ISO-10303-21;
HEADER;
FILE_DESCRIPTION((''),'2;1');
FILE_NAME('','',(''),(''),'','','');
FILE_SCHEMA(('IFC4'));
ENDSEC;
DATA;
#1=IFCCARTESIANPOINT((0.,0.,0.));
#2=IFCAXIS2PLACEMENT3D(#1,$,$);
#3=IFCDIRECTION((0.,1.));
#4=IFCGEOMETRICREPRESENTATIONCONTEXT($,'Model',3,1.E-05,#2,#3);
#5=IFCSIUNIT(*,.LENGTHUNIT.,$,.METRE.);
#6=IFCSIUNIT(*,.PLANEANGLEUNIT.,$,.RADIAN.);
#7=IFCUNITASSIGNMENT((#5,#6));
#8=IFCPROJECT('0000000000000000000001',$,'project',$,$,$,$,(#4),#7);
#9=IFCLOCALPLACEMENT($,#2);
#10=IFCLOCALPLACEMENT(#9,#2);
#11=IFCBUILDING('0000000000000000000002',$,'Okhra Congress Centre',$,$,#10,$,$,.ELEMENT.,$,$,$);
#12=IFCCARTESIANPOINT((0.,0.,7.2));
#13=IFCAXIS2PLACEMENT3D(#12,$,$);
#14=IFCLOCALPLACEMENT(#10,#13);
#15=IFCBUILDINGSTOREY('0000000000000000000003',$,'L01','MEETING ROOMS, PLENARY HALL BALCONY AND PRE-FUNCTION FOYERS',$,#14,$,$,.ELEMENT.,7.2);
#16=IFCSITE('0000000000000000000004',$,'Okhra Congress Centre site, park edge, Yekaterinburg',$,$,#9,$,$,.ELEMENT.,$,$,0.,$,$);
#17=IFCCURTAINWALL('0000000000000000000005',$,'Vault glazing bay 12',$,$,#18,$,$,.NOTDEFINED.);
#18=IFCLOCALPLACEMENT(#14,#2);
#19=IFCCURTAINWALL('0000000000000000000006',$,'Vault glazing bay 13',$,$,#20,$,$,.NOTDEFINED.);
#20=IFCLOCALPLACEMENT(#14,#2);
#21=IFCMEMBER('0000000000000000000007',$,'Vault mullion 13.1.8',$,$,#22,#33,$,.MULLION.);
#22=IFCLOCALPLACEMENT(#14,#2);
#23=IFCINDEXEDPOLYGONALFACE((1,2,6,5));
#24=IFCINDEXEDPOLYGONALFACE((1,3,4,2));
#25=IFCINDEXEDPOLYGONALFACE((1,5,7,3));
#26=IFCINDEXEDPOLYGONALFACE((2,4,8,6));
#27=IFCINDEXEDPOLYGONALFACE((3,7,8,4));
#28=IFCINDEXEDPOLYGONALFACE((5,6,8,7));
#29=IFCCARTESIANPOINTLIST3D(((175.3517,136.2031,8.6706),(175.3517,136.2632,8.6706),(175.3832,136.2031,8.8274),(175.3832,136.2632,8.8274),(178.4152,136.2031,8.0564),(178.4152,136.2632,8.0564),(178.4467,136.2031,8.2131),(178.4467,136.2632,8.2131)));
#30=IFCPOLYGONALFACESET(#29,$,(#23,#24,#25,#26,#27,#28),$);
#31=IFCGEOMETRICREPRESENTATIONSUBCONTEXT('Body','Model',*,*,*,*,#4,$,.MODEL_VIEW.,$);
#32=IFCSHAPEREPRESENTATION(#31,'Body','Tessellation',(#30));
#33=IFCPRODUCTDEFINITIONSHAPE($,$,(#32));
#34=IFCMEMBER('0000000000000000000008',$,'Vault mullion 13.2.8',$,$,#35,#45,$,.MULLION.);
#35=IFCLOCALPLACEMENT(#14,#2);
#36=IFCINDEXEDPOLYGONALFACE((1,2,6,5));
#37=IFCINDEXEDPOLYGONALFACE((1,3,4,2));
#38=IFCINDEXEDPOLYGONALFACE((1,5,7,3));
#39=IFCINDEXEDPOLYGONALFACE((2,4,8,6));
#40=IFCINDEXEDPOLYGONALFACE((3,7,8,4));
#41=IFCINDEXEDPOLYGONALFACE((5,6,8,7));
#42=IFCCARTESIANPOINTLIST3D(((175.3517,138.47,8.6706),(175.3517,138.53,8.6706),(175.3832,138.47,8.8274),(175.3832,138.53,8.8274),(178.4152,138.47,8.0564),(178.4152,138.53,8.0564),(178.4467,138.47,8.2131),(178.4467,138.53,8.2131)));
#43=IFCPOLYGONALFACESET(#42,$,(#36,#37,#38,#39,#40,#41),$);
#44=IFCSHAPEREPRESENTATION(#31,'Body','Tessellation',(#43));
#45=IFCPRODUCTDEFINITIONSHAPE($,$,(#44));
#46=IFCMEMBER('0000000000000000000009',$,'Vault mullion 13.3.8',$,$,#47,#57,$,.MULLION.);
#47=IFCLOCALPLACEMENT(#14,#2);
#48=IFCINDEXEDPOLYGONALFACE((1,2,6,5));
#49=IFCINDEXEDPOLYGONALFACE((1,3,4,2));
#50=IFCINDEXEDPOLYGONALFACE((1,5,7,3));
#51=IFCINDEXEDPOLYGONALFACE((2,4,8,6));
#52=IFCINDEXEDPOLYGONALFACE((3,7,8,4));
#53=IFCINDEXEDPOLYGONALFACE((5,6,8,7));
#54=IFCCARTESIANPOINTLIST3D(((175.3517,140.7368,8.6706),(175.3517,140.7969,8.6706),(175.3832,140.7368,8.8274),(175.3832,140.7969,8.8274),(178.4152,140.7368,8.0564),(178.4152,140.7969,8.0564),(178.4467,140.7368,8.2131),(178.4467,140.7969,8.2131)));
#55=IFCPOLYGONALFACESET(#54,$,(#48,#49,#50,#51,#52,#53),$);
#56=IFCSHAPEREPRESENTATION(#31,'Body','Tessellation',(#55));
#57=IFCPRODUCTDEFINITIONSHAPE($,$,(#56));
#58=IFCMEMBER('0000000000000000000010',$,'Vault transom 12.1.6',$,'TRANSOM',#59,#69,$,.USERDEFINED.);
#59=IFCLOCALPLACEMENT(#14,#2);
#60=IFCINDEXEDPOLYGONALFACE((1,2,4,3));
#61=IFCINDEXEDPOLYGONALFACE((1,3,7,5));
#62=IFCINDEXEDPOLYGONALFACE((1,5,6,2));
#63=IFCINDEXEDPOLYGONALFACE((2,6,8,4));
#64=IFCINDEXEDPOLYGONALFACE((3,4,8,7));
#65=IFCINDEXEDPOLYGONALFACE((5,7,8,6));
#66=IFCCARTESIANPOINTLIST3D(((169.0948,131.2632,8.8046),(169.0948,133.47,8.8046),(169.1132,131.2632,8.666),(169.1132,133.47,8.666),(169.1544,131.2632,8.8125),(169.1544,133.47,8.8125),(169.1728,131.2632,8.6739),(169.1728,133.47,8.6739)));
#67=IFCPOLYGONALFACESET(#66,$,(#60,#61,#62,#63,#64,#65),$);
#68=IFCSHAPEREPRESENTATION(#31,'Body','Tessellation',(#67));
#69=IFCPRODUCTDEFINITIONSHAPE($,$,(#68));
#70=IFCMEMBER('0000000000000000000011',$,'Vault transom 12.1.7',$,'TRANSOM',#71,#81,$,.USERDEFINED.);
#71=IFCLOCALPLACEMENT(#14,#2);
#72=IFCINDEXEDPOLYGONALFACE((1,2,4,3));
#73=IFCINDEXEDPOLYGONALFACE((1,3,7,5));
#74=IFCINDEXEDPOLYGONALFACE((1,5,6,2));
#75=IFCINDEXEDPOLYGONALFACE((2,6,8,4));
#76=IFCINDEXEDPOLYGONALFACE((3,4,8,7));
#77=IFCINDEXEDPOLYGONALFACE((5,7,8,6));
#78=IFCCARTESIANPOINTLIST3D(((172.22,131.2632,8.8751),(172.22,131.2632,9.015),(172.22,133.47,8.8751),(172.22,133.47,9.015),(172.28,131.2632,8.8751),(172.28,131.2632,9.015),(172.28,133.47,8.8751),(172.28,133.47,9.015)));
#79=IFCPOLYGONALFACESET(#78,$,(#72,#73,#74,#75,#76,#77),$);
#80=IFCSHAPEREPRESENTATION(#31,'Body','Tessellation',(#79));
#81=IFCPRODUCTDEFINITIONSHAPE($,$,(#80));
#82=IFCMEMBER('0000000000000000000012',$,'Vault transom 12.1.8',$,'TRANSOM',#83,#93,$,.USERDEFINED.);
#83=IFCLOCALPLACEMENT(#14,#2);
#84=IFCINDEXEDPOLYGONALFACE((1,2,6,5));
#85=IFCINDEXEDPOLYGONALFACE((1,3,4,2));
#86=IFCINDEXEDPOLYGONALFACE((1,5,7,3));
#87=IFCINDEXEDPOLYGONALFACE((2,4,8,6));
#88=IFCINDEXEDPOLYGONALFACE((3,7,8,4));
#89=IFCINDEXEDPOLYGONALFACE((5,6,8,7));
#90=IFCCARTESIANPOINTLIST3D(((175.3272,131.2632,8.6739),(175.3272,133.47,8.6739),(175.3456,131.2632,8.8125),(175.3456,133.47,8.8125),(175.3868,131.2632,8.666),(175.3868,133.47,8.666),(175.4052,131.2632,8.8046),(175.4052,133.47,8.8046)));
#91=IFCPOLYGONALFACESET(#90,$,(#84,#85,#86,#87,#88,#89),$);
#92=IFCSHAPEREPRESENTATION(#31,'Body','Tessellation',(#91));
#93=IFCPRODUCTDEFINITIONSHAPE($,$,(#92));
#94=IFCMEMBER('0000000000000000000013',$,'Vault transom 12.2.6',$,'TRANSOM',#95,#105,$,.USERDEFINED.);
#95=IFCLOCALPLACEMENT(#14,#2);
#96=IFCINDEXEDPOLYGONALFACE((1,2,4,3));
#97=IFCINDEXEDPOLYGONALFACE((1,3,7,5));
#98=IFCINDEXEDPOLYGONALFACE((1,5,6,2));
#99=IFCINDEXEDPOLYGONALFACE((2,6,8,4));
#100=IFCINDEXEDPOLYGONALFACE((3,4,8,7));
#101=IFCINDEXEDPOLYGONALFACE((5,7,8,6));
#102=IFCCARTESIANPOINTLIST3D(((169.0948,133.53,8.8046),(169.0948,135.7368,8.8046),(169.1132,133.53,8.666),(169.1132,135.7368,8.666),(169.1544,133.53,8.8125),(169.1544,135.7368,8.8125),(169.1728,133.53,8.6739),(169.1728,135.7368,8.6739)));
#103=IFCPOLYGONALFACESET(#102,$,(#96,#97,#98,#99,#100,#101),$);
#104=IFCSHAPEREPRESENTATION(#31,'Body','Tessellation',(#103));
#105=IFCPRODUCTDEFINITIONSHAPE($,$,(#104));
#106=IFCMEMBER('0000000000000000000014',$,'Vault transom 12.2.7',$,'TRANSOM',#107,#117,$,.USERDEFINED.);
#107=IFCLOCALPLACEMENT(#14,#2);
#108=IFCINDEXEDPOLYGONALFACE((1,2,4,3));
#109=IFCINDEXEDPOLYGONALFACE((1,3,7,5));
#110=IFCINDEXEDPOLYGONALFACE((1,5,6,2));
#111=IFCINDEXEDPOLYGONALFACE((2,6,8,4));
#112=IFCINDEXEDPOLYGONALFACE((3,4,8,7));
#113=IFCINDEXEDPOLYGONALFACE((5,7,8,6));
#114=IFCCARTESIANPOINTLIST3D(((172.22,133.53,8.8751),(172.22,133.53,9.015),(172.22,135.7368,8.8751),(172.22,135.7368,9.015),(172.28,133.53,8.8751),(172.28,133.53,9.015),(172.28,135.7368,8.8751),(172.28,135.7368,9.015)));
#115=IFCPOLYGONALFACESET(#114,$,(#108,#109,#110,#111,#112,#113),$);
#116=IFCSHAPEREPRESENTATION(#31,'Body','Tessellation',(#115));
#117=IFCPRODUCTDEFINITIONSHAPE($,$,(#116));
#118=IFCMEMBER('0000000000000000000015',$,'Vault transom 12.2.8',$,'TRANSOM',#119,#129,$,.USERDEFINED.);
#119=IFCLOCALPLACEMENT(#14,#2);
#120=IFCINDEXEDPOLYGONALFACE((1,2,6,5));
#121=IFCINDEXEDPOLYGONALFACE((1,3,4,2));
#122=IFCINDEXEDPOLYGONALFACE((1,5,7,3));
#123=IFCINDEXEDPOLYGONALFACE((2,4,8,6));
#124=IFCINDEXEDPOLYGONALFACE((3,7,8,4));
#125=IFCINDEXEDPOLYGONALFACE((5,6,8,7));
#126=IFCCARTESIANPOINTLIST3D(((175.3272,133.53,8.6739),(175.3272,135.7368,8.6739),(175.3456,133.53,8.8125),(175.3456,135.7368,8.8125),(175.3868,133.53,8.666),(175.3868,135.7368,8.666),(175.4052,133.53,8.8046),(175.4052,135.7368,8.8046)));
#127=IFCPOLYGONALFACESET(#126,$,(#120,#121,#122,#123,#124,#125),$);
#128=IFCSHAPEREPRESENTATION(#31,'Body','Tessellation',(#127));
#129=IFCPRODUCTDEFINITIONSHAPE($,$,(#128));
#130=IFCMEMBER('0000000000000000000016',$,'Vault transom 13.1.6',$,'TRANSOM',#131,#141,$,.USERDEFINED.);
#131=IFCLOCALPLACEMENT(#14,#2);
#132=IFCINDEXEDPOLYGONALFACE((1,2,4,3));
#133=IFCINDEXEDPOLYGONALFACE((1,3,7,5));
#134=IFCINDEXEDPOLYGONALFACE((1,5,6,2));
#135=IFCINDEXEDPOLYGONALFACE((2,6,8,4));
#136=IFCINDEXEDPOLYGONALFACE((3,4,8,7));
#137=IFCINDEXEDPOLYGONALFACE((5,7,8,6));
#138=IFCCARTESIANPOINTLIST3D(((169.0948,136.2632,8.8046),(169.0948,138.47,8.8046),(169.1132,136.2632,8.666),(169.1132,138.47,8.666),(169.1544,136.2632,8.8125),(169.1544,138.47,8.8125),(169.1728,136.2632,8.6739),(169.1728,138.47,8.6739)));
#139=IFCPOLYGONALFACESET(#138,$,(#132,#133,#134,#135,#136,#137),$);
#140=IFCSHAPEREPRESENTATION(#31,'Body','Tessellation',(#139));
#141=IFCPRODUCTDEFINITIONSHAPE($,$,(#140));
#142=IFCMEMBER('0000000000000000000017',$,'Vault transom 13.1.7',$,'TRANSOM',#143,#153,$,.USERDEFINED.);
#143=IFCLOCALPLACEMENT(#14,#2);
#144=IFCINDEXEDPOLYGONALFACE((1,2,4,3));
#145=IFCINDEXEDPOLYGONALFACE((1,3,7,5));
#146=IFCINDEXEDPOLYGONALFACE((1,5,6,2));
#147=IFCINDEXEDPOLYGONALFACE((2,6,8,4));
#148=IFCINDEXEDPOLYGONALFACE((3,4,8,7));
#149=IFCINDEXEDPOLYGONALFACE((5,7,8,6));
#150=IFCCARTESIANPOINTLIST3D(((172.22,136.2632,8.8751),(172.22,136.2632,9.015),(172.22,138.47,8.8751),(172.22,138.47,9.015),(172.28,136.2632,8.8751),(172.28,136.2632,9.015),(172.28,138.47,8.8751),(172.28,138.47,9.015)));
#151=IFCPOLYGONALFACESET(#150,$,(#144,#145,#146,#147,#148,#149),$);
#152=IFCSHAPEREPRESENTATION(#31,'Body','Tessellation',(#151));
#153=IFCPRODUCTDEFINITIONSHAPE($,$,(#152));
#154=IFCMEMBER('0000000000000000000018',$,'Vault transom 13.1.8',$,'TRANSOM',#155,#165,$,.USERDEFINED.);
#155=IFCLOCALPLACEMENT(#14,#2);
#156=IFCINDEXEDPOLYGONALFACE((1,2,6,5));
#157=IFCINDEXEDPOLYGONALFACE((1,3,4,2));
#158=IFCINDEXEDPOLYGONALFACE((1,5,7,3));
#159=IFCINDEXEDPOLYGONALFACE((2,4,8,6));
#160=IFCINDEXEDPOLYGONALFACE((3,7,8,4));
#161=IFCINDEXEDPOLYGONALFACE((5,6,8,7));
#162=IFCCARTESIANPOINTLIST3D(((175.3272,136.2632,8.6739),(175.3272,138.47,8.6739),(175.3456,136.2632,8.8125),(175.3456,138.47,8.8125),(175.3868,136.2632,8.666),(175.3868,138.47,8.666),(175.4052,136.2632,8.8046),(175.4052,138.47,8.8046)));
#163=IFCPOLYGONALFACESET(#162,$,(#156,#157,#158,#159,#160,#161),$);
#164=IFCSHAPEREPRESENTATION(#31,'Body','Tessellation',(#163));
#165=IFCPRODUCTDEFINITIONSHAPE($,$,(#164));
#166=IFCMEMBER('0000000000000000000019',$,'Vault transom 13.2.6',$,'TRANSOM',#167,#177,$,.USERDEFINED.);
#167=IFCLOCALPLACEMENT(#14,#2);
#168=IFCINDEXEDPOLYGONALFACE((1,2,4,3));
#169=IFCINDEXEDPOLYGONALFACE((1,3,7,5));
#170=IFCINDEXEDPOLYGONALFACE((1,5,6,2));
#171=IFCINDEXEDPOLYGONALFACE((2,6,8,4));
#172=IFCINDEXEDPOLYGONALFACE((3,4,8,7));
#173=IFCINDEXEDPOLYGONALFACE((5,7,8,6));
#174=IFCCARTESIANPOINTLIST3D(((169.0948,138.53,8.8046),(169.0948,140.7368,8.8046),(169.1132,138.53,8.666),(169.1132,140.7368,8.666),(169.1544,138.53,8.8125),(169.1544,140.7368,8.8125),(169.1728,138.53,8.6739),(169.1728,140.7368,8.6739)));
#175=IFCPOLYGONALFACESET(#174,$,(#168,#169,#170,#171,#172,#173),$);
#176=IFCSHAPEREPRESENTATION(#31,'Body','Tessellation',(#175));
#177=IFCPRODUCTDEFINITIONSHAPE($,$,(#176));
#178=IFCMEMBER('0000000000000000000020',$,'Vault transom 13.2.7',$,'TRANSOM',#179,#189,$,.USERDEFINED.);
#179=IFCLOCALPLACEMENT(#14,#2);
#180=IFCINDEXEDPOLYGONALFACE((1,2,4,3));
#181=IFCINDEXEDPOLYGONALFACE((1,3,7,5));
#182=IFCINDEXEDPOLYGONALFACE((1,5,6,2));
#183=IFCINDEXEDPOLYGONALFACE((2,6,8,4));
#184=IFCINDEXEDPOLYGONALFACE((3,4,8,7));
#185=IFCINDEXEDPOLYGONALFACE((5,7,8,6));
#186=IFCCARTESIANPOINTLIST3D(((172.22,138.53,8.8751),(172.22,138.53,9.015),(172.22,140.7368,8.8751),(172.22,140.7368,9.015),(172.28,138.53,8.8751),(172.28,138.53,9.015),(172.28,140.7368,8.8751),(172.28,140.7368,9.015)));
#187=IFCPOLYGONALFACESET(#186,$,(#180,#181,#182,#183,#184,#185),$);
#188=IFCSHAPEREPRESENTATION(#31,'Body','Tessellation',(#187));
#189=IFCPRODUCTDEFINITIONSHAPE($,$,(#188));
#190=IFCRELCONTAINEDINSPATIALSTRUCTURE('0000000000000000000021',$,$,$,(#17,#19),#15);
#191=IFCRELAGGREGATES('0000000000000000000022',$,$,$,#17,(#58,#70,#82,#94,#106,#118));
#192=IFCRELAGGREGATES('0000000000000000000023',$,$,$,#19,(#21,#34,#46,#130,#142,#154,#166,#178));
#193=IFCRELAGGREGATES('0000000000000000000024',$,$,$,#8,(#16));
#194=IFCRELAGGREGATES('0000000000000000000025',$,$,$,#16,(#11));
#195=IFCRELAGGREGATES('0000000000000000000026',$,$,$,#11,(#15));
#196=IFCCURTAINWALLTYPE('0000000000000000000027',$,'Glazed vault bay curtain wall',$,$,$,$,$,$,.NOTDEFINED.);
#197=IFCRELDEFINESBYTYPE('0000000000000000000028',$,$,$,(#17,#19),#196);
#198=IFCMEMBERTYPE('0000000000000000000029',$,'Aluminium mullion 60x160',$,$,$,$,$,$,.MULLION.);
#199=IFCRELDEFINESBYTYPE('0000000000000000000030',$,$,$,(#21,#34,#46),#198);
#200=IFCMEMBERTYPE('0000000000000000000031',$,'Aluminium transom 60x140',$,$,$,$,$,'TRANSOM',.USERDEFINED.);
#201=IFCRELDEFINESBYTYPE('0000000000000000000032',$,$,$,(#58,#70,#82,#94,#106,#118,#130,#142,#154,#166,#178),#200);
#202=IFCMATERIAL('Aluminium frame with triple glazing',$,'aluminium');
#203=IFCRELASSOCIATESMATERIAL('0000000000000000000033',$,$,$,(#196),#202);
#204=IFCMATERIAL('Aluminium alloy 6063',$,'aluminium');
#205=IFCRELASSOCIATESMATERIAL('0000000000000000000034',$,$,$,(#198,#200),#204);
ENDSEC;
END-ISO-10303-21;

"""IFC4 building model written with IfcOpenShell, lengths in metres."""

from ifc_helpers import new_model, si_unit, direction, frame, origin, origin_2d, place, context, subcontext, project, spatial, rectangle, extrude, material, material_profile, profile_set, type_object, element, aggregate, save


model = new_model("IFC4")

# Units and contexts
model_context = context("Model", 3, precision=1e-05, world=origin(), true_north=direction((0.0, 1.0)))
body_context = subcontext(model_context, "Body", "Model", "MODEL_VIEW")
ifc_project = project(units=[si_unit("LENGTHUNIT", "METRE"), si_unit("PLANEANGLEUNIT", "RADIAN")], contexts=[model_context])

# Site, building, storey
site_placement = place(None, origin())
site = spatial("IfcSite", under=ifc_project, at=site_placement, Name="Okhra Congress Centre site, park edge, Yekaterinburg", CompositionType="ELEMENT", RefElevation=0.0)
building_placement = place(site_placement, origin())
building = spatial("IfcBuilding", under=site, at=building_placement, Name="Okhra Congress Centre", CompositionType="ELEMENT")
storey_placement = place(building_placement, frame((0.0, 0.0, 7.2)))
storey = spatial("IfcBuildingStorey", under=building, at=storey_placement, Name="L01", Description="MEETING ROOMS, PLENARY HALL BALCONY AND PRE-FUNCTION FOYERS", CompositionType="ELEMENT", Elevation=7.2)

# Curtain walls
ifc_material_1 = material(Name="Aluminium frame with triple glazing", Category="aluminium")
curtain_wall_type = type_object("IfcCurtainWallType", Name="Glazed vault bay curtain wall", PredefinedType="NOTDEFINED", material=ifc_material_1)
curtain_wall_1_placement = place(storey_placement, origin())
curtain_wall_1 = element("IfcCurtainWall", 1, at=curtain_wall_1_placement, inside=storey, type_object=curtain_wall_type, Name="Vault glazing bay 12", PredefinedType="NOTDEFINED")
ifc_material_2 = material(Name="Aluminium alloy 6063", Category="aluminium")
curtain_wall_2_placement = place(storey_placement, origin())
curtain_wall_2 = element("IfcCurtainWall", 2, at=curtain_wall_2_placement, inside=storey, type_object=curtain_wall_type, Name="Vault glazing bay 13", PredefinedType="NOTDEFINED")

# Members
ifc_material_profile_1 = material_profile(ifc_material_2, rectangle(XDim=0.0601, YDim=0.1599, at=origin_2d()), Name="AL 60x160")
ifc_profile_set_1 = profile_set([ifc_material_profile_1], Name="Aluminium alloy 6063")
member_type_1 = type_object("IfcMemberType", Name="Aluminium mullion 60x160", PredefinedType="MULLION", material=ifc_profile_set_1)
member_1_placement = place(storey_placement, frame((175.3674, 136.2332, 8.749), z_axis=(0.980484, 0.0, -0.196597), x_axis=(0.0, 1.0, 0.0)))
member_1 = element("IfcMember", 3, at=member_1_placement, type_object=member_type_1, Name="Vault mullion 13.1.8", PredefinedType="MULLION", context=body_context, shape_type="SweptSolid", body=[
    extrude(rectangle(XDim=0.0601, YDim=0.1599, at=origin_2d()), origin(), (0.0, 0.0, 1.0), 3.1245),
])
member_2_placement = place(storey_placement, frame((175.3674, 138.5, 8.749), z_axis=(0.980484, 0.0, -0.196597), x_axis=(0.0, 1.0, 0.0)))
member_2 = element("IfcMember", 4, at=member_2_placement, type_object=member_type_1, Name="Vault mullion 13.2.8", PredefinedType="MULLION", context=body_context, shape_type="SweptSolid", body=[
    extrude(rectangle(XDim=0.0601, YDim=0.1599, at=origin_2d()), origin(), (0.0, 0.0, 1.0), 3.1245),
])
member_3_placement = place(storey_placement, frame((175.3674, 140.7668, 8.749), z_axis=(0.980484, 0.0, -0.196597), x_axis=(0.0, 1.0, 0.0)))
member_3 = element("IfcMember", 5, at=member_3_placement, type_object=member_type_1, Name="Vault mullion 13.3.8", PredefinedType="MULLION", context=body_context, shape_type="SweptSolid", body=[
    extrude(rectangle(XDim=0.0601, YDim=0.1599, at=origin_2d()), origin(), (0.0, 0.0, 1.0), 3.1245),
])
ifc_material_profile_2 = material_profile(ifc_material_2, rectangle(XDim=0.0601, YDim=0.1399, at=origin_2d()), Name="AL 60x140 transom")
ifc_profile_set_2 = profile_set([ifc_material_profile_2], Name="Aluminium alloy 6063")
member_type_2 = type_object("IfcMemberType", Name="Aluminium transom 60x140", ElementType="TRANSOM", PredefinedType="USERDEFINED", material=ifc_profile_set_2)
member_4_placement = place(storey_placement, frame((169.1338, 131.2632, 8.7393), z_axis=(0.0, 1.0, 0.0), x_axis=(-0.991307, 0.0, -0.131568)))
member_4 = element("IfcMember", 6, at=member_4_placement, type_object=member_type_2, Name="Vault transom 12.1.6", ObjectType="TRANSOM", PredefinedType="USERDEFINED", context=body_context, shape_type="SweptSolid", body=[
    extrude(rectangle(XDim=0.0601, YDim=0.1399, at=origin_2d()), origin(), (0.0, 0.0, 1.0), 2.2068),
])
member_5_placement = place(storey_placement, frame((172.25, 131.2632, 8.9451), z_axis=(0.0, 1.0, 0.0), x_axis=(-1.0, 0.0, 0.0)))
member_5 = element("IfcMember", 7, at=member_5_placement, type_object=member_type_2, Name="Vault transom 12.1.7", ObjectType="TRANSOM", PredefinedType="USERDEFINED", context=body_context, shape_type="SweptSolid", body=[
    extrude(rectangle(XDim=0.0601, YDim=0.1399, at=origin_2d()), origin(), (0.0, 0.0, 1.0), 2.2068),
])
member_6_placement = place(storey_placement, frame((175.3662, 131.2632, 8.7393), z_axis=(0.0, 1.0, 0.0), x_axis=(-0.991307, 0.0, 0.131568)))
member_6 = element("IfcMember", 8, at=member_6_placement, type_object=member_type_2, Name="Vault transom 12.1.8", ObjectType="TRANSOM", PredefinedType="USERDEFINED", context=body_context, shape_type="SweptSolid", body=[
    extrude(rectangle(XDim=0.0601, YDim=0.1399, at=origin_2d()), origin(), (0.0, 0.0, 1.0), 2.2068),
])
member_7_placement = place(storey_placement, frame((169.1338, 133.53, 8.7393), z_axis=(0.0, 1.0, 0.0), x_axis=(-0.991307, 0.0, -0.131568)))
member_7 = element("IfcMember", 9, at=member_7_placement, type_object=member_type_2, Name="Vault transom 12.2.6", ObjectType="TRANSOM", PredefinedType="USERDEFINED", context=body_context, shape_type="SweptSolid", body=[
    extrude(rectangle(XDim=0.0601, YDim=0.1399, at=origin_2d()), origin(), (0.0, 0.0, 1.0), 2.2068),
])
member_8_placement = place(storey_placement, frame((172.25, 133.53, 8.9451), z_axis=(0.0, 1.0, 0.0), x_axis=(-1.0, 0.0, 0.0)))
member_8 = element("IfcMember", 10, at=member_8_placement, type_object=member_type_2, Name="Vault transom 12.2.7", ObjectType="TRANSOM", PredefinedType="USERDEFINED", context=body_context, shape_type="SweptSolid", body=[
    extrude(rectangle(XDim=0.0601, YDim=0.1399, at=origin_2d()), origin(), (0.0, 0.0, 1.0), 2.2068),
])
member_9_placement = place(storey_placement, frame((175.3662, 133.53, 8.7393), z_axis=(0.0, 1.0, 0.0), x_axis=(-0.991307, 0.0, 0.131568)))
member_9 = element("IfcMember", 11, at=member_9_placement, type_object=member_type_2, Name="Vault transom 12.2.8", ObjectType="TRANSOM", PredefinedType="USERDEFINED", context=body_context, shape_type="SweptSolid", body=[
    extrude(rectangle(XDim=0.0601, YDim=0.1399, at=origin_2d()), origin(), (0.0, 0.0, 1.0), 2.2068),
])
member_10_placement = place(storey_placement, frame((169.1338, 136.2632, 8.7393), z_axis=(0.0, 1.0, 0.0), x_axis=(-0.991307, 0.0, -0.131568)))
member_10 = element("IfcMember", 12, at=member_10_placement, type_object=member_type_2, Name="Vault transom 13.1.6", ObjectType="TRANSOM", PredefinedType="USERDEFINED", context=body_context, shape_type="SweptSolid", body=[
    extrude(rectangle(XDim=0.0601, YDim=0.1399, at=origin_2d()), origin(), (0.0, 0.0, 1.0), 2.2068),
])
member_11_placement = place(storey_placement, frame((172.25, 136.2632, 8.9451), z_axis=(0.0, 1.0, 0.0), x_axis=(-1.0, 0.0, 0.0)))
member_11 = element("IfcMember", 13, at=member_11_placement, type_object=member_type_2, Name="Vault transom 13.1.7", ObjectType="TRANSOM", PredefinedType="USERDEFINED", context=body_context, shape_type="SweptSolid", body=[
    extrude(rectangle(XDim=0.0601, YDim=0.1399, at=origin_2d()), origin(), (0.0, 0.0, 1.0), 2.2068),
])
member_12_placement = place(storey_placement, frame((175.3662, 136.2632, 8.7393), z_axis=(0.0, 1.0, 0.0), x_axis=(-0.991307, 0.0, 0.131568)))
member_12 = element("IfcMember", 14, at=member_12_placement, type_object=member_type_2, Name="Vault transom 13.1.8", ObjectType="TRANSOM", PredefinedType="USERDEFINED", context=body_context, shape_type="SweptSolid", body=[
    extrude(rectangle(XDim=0.0601, YDim=0.1399, at=origin_2d()), origin(), (0.0, 0.0, 1.0), 2.2068),
])
member_13_placement = place(storey_placement, frame((169.1338, 138.53, 8.7393), z_axis=(0.0, 1.0, 0.0), x_axis=(-0.991307, 0.0, -0.131568)))
member_13 = element("IfcMember", 15, at=member_13_placement, type_object=member_type_2, Name="Vault transom 13.2.6", ObjectType="TRANSOM", PredefinedType="USERDEFINED", context=body_context, shape_type="SweptSolid", body=[
    extrude(rectangle(XDim=0.0601, YDim=0.1399, at=origin_2d()), origin(), (0.0, 0.0, 1.0), 2.2068),
])
member_14_placement = place(storey_placement, frame((172.25, 138.53, 8.9451), z_axis=(0.0, 1.0, 0.0), x_axis=(-1.0, 0.0, 0.0)))
member_14 = element("IfcMember", 16, at=member_14_placement, type_object=member_type_2, Name="Vault transom 13.2.7", ObjectType="TRANSOM", PredefinedType="USERDEFINED", context=body_context, shape_type="SweptSolid", body=[
    extrude(rectangle(XDim=0.0601, YDim=0.1399, at=origin_2d()), origin(), (0.0, 0.0, 1.0), 2.2068),
])

aggregate(curtain_wall_1, [member_4, member_5, member_6, member_7, member_8, member_9])
aggregate(curtain_wall_2, [member_1, member_2, member_3, member_10, member_11, member_12, member_13, member_14])

save(model, "model.ifc")
